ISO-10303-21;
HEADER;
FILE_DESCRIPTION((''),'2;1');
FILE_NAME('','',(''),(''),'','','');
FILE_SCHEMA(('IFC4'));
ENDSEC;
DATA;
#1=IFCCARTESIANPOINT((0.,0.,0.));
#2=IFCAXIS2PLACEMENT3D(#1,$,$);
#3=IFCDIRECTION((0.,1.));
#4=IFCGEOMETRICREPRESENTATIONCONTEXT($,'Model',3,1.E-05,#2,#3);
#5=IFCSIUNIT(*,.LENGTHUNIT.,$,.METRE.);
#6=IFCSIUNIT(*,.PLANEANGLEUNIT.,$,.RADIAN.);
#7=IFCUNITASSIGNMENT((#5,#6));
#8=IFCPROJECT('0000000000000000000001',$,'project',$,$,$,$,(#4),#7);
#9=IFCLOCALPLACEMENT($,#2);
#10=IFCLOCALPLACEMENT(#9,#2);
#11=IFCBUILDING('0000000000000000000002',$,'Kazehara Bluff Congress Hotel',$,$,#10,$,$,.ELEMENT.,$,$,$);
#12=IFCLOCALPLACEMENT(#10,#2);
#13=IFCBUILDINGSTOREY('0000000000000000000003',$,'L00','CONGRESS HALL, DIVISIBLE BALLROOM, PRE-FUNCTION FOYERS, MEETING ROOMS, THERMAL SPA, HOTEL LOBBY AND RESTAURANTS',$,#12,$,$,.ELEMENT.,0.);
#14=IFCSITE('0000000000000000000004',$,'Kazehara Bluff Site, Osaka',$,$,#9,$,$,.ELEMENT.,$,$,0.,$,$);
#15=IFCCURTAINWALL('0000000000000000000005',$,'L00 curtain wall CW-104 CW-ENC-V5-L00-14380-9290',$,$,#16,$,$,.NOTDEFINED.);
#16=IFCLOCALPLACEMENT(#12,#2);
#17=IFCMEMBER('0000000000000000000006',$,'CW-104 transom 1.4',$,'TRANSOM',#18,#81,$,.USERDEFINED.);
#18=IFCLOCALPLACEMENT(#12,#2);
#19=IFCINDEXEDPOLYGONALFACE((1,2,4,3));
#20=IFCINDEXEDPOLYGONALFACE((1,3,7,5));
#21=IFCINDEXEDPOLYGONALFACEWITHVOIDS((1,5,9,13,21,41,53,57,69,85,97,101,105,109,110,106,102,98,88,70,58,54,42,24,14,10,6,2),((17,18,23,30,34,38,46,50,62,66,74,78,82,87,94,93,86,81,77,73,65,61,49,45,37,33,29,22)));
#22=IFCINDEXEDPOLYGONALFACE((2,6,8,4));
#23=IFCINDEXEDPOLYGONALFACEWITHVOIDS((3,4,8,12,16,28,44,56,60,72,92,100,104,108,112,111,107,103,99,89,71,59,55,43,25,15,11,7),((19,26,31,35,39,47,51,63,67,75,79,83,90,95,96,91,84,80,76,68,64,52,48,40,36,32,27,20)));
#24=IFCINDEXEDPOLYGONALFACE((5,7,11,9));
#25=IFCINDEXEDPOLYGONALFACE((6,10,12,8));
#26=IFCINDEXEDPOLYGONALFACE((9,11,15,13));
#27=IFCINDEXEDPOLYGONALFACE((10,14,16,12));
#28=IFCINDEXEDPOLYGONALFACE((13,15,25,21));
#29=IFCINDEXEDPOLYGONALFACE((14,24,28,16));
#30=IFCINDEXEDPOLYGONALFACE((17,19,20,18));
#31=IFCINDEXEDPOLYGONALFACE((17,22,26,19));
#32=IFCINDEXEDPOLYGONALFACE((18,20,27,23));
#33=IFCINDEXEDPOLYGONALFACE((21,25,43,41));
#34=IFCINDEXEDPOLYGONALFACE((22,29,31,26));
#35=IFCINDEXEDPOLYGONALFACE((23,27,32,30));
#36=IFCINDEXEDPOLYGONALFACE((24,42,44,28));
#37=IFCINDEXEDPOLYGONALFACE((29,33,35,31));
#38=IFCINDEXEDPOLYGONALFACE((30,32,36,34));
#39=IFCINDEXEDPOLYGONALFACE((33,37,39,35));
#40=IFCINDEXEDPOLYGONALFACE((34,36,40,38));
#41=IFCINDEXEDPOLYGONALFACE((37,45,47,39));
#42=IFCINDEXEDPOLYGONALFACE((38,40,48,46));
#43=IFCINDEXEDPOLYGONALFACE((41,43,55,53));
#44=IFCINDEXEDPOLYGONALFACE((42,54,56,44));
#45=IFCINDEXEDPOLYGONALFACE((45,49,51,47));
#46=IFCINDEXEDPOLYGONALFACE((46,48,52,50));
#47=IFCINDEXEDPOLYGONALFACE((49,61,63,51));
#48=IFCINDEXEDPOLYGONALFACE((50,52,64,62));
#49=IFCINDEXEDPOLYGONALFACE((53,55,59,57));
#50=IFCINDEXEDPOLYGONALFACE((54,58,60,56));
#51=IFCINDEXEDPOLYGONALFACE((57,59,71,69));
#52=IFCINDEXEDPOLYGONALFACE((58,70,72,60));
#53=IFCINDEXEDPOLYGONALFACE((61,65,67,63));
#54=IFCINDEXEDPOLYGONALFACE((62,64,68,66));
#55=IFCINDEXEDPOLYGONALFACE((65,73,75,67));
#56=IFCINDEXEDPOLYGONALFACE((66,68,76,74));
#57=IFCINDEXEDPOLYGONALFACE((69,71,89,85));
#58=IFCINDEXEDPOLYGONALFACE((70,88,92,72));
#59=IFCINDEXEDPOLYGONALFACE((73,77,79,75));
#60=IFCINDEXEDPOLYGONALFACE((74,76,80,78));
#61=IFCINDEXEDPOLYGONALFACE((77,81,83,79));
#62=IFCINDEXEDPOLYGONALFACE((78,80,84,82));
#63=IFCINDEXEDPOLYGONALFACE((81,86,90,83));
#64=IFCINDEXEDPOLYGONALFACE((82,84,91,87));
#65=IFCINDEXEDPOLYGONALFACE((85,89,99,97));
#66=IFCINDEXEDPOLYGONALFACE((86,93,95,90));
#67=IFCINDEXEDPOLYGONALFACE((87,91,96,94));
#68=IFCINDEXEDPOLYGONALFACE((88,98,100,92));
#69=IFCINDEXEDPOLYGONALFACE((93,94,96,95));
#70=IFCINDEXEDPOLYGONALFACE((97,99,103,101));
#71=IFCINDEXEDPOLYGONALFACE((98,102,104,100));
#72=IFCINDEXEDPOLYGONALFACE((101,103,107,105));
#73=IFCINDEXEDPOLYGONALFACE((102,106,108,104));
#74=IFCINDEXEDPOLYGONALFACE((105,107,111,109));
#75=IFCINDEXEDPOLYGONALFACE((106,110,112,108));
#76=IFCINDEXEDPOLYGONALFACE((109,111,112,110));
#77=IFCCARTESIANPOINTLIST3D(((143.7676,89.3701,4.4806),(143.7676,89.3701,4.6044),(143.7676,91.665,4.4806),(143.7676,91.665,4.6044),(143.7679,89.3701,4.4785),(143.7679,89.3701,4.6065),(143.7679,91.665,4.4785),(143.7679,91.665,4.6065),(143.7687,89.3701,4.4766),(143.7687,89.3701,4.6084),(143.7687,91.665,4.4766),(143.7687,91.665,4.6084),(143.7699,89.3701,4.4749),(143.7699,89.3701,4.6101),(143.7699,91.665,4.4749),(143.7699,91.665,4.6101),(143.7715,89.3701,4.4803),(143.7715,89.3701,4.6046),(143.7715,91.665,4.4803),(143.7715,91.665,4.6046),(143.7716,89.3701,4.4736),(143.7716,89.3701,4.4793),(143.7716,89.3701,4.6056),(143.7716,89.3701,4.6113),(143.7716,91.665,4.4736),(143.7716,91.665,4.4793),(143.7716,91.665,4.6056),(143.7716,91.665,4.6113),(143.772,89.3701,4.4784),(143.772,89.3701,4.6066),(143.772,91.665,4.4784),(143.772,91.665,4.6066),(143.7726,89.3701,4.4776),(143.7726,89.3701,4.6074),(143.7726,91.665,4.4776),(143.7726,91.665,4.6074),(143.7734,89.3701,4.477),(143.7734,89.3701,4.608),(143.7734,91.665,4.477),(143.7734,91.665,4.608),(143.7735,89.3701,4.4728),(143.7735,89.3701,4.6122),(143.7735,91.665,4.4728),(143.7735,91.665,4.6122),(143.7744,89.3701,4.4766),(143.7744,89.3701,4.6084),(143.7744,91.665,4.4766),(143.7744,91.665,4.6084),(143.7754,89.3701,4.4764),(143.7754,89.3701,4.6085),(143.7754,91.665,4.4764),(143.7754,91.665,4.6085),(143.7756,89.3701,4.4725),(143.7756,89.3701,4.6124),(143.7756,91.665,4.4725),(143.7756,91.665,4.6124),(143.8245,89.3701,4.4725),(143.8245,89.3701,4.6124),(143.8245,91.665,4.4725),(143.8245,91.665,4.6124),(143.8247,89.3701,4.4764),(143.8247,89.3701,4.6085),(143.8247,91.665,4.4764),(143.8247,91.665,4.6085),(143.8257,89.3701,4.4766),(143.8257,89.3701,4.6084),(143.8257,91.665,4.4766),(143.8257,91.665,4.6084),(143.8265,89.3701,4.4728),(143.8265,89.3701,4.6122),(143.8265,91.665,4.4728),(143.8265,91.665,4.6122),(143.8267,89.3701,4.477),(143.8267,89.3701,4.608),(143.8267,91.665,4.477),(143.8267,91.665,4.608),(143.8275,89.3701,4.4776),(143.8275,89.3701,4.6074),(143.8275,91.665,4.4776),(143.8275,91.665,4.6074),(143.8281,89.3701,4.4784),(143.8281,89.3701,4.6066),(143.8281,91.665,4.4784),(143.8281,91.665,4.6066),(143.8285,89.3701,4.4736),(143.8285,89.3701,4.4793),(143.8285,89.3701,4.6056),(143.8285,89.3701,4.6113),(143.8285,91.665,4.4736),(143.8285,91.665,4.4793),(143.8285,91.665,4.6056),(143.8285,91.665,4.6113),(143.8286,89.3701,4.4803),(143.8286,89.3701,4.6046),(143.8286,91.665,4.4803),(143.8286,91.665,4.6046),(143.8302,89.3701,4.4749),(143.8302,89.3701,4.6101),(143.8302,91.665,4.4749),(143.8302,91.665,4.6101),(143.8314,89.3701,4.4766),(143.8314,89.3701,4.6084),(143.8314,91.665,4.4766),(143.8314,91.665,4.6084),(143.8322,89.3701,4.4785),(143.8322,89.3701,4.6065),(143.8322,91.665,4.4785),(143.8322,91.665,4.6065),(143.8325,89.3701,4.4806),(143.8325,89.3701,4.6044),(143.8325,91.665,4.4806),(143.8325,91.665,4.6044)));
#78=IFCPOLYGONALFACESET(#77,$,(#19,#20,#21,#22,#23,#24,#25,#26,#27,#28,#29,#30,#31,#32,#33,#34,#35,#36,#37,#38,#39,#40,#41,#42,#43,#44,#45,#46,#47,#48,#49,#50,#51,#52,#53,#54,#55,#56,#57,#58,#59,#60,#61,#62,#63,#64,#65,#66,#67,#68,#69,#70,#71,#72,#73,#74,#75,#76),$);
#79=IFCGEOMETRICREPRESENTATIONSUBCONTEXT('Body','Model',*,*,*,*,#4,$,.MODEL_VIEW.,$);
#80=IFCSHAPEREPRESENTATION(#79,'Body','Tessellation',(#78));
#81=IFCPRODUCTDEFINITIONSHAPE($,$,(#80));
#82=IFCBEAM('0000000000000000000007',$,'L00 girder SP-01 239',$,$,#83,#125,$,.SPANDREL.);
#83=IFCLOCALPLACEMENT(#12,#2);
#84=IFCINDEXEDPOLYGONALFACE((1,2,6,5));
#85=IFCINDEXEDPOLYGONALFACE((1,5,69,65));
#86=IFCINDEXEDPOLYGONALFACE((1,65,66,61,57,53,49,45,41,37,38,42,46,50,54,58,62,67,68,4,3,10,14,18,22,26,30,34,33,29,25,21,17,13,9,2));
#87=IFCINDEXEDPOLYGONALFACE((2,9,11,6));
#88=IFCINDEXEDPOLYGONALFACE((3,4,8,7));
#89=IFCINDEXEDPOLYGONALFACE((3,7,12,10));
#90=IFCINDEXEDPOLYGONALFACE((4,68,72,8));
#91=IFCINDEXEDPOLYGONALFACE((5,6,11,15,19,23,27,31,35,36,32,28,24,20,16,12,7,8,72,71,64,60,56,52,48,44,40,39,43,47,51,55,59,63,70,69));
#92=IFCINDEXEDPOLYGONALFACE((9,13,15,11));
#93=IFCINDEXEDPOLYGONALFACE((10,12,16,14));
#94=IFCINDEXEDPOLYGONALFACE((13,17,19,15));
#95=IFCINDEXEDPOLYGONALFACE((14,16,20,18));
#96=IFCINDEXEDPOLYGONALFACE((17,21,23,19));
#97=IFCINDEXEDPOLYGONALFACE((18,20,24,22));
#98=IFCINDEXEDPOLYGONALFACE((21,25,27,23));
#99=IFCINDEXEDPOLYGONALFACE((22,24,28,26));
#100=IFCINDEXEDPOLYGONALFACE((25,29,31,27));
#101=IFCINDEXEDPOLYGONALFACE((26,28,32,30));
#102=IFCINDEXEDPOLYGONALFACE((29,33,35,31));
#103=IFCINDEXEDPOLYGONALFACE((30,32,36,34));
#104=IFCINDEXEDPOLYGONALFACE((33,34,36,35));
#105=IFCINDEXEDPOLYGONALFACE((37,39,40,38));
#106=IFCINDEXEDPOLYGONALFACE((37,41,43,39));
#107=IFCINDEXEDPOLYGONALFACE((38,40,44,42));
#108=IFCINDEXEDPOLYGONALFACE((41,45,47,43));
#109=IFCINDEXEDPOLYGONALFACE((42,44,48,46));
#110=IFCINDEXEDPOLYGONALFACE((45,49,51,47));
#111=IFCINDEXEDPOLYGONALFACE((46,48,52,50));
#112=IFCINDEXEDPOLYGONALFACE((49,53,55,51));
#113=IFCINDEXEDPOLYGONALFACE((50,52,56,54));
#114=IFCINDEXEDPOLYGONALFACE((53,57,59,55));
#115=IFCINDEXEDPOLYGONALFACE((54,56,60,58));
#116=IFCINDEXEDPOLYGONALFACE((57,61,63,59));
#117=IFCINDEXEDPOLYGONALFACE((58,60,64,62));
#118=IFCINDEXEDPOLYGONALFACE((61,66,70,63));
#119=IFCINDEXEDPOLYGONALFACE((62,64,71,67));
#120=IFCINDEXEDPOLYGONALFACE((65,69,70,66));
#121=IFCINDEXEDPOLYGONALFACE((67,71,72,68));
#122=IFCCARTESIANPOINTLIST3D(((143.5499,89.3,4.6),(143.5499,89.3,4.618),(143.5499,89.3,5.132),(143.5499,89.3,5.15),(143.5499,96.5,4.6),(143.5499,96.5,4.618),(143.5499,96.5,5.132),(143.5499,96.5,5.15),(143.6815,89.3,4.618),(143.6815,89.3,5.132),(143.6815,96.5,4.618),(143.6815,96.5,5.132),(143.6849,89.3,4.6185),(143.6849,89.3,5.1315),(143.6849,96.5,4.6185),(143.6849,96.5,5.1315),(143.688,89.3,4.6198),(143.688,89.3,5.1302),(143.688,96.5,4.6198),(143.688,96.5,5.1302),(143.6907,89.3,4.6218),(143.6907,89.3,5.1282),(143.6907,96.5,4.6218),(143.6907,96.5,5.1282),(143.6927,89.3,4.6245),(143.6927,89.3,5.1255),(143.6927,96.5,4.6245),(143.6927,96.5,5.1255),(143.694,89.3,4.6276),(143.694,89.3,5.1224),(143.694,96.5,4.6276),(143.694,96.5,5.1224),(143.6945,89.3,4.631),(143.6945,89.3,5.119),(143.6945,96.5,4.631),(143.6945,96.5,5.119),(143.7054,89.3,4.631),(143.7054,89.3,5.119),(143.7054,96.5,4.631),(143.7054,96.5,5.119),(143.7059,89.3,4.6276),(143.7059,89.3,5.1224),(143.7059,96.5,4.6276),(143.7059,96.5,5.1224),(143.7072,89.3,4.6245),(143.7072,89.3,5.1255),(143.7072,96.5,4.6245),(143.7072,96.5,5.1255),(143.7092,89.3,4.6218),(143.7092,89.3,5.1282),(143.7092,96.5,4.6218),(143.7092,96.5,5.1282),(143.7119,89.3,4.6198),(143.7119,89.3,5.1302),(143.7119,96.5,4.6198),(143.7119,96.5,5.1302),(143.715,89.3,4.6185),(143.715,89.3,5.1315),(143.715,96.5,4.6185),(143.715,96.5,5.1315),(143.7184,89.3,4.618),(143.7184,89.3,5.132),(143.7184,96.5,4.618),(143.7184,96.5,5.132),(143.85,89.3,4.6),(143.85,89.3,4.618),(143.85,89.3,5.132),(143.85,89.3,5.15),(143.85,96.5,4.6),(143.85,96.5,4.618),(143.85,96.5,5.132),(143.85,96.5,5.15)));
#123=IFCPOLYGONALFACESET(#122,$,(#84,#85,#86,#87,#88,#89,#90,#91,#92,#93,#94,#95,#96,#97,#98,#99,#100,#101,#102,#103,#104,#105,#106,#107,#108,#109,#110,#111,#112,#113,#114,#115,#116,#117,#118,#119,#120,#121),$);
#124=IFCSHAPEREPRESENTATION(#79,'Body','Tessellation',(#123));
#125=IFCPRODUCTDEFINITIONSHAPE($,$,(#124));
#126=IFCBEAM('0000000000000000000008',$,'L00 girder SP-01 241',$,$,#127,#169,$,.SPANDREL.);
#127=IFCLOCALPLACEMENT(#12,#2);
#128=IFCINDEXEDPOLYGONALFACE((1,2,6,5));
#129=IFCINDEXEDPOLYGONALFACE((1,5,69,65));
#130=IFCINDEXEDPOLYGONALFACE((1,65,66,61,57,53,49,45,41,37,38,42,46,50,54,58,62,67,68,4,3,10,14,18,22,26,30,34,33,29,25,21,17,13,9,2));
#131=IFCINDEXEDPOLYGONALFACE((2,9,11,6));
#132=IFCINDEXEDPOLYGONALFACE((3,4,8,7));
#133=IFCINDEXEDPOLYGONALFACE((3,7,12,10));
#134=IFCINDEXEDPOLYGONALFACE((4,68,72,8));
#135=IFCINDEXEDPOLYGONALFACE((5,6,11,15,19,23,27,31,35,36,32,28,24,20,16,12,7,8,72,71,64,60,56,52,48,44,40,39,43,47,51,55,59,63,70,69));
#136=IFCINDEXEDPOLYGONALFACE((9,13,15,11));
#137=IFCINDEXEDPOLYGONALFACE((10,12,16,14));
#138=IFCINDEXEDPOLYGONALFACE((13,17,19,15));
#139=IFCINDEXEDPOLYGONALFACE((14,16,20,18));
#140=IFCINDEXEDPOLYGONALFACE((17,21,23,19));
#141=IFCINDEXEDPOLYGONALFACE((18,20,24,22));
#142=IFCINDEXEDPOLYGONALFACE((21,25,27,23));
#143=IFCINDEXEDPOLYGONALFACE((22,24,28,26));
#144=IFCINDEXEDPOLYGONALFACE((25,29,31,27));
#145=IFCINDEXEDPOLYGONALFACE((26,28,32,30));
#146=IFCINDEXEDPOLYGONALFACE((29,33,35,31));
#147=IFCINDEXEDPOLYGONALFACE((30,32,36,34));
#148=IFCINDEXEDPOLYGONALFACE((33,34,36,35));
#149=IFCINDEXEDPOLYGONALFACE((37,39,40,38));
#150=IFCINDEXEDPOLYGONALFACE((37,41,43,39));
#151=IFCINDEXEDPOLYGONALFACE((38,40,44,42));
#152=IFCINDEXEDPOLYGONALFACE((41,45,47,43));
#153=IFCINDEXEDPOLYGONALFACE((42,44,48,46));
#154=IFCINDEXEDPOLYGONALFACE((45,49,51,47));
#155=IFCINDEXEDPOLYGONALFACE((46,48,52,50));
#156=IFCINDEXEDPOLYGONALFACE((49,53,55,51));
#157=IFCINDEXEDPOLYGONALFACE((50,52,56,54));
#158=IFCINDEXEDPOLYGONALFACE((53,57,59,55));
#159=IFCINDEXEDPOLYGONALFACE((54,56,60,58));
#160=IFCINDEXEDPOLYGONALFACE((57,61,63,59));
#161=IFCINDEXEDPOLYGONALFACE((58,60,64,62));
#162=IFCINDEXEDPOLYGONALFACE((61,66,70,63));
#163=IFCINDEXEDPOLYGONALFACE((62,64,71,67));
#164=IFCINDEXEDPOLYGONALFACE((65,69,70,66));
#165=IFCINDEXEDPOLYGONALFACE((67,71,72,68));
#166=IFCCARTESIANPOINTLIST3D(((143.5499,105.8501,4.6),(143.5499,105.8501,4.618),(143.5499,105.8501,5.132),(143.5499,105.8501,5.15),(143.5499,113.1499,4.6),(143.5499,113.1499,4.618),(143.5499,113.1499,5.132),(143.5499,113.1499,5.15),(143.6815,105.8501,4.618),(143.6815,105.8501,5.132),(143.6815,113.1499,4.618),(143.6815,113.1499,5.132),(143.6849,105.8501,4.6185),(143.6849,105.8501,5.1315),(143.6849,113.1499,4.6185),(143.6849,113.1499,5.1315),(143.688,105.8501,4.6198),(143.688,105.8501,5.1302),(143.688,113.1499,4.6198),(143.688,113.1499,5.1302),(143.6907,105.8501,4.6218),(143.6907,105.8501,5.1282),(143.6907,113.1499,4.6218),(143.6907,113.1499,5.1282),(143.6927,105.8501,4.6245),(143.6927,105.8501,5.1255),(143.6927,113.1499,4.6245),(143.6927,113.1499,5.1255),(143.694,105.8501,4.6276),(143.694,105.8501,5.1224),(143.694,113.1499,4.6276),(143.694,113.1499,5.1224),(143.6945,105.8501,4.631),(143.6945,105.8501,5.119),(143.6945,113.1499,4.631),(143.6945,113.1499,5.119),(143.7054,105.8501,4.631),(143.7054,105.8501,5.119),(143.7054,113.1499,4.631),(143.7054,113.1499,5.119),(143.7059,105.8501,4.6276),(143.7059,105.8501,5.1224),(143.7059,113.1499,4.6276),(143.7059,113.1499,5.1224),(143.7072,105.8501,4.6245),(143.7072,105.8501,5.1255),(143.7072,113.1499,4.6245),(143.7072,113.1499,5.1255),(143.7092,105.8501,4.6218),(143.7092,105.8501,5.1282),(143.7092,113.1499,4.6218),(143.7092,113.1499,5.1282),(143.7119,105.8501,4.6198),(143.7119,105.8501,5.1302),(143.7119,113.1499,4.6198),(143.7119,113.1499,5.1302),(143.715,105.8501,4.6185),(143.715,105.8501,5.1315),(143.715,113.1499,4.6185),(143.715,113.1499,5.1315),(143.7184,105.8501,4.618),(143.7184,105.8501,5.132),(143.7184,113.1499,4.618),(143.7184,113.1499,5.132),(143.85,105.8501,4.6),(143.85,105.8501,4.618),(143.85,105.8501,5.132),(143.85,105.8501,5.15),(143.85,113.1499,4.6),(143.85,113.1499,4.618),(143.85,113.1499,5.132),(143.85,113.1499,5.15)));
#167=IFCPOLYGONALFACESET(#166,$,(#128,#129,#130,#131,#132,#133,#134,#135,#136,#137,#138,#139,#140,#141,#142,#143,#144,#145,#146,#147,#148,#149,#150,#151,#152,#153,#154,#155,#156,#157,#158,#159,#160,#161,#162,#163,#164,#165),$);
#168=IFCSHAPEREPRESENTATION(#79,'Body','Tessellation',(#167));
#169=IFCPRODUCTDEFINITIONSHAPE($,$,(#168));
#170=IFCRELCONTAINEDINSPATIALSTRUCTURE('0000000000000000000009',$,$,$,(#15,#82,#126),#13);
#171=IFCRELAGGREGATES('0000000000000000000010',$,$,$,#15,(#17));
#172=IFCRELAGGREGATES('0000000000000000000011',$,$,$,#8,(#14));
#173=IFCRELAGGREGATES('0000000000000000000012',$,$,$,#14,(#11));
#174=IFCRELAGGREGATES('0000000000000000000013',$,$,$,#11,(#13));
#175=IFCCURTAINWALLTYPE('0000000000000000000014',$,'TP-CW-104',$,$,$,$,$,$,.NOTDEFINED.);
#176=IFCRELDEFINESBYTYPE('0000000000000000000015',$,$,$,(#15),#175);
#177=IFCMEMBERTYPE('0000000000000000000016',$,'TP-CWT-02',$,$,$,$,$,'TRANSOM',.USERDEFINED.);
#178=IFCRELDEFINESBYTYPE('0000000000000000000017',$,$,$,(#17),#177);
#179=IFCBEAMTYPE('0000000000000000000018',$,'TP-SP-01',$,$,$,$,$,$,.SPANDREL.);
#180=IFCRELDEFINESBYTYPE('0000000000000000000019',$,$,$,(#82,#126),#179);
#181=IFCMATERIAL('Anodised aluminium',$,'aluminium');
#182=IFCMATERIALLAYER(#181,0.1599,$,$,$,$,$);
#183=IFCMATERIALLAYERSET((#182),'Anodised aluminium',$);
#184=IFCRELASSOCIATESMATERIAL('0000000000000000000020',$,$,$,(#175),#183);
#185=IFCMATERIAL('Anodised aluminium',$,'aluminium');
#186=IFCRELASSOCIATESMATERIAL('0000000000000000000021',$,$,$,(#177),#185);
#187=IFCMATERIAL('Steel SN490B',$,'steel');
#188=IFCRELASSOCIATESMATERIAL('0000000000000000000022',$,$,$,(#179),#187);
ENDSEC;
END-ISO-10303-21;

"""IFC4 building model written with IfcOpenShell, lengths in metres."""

from ifc_helpers import new_model, si_unit, direction, frame, origin, origin_2d, place, context, subcontext, project, spatial, hollow_rectangle, i_section, extrude, material, layer, layer_set, material_profile, profile_set, type_object, element, aggregate, save


model = new_model("IFC4")

# Units and contexts
model_context = context("Model", 3, precision=1e-05, world=origin(), true_north=direction((0.0, 1.0)))
body_context = subcontext(model_context, "Body", "Model", "MODEL_VIEW")
ifc_project = project(units=[si_unit("LENGTHUNIT", "METRE"), si_unit("PLANEANGLEUNIT", "RADIAN")], contexts=[model_context])

# Site, building, storey
site_placement = place(None, origin())
site = spatial("IfcSite", under=ifc_project, at=site_placement, Name="Kazehara Bluff Site, Osaka", CompositionType="ELEMENT", RefElevation=0.0)
building_placement = place(site_placement, origin())
building = spatial("IfcBuilding", under=site, at=building_placement, Name="Kazehara Bluff Congress Hotel", CompositionType="ELEMENT")
storey_placement = place(building_placement, origin())
storey = spatial("IfcBuildingStorey", under=building, at=storey_placement, Name="L00", Description="CONGRESS HALL, DIVISIBLE BALLROOM, PRE-FUNCTION FOYERS, MEETING ROOMS, THERMAL SPA, HOTEL LOBBY AND RESTAURANTS", CompositionType="ELEMENT", Elevation=0.0)

# Curtain wall, member
ifc_material_1 = material(Name="Anodised aluminium", Category="aluminium")
ifc_layer_1 = layer(ifc_material_1, 0.1599)
ifc_layer_set_1 = layer_set([ifc_layer_1], Name="Anodised aluminium")
curtain_wall_type = type_object("IfcCurtainWallType", Name="TP-CW-104", PredefinedType="NOTDEFINED", material=ifc_layer_set_1)
curtain_wall_placement = place(storey_placement, origin())
curtain_wall = element("IfcCurtainWall", 1, at=curtain_wall_placement, inside=storey, type_object=curtain_wall_type, Name="L00 curtain wall CW-104 CW-ENC-V5-L00-14380-9290", PredefinedType="NOTDEFINED")
ifc_material_2 = material(Name="Anodised aluminium", Category="aluminium")
ifc_material_profile_1 = material_profile(ifc_material_2, hollow_rectangle(XDim=0.0649, YDim=0.1399, WallThickness=0.0039, InnerFilletRadius=0.0039, OuterFilletRadius=0.0081, at=origin_2d()))
ifc_profile_set_1 = profile_set([ifc_material_profile_1], Name="Anodised aluminium")
member_type_1 = type_object("IfcMemberType", Name="TP-CWT-02", ElementType="TRANSOM", PredefinedType="USERDEFINED", material=ifc_profile_set_1)
member_1_placement = place(storey_placement, frame((143.8, 89.3701, 4.5425), z_axis=(0.0, 1.0, 0.0), x_axis=(-1.0, 0.0, 0.0)))
member_1 = element("IfcMember", 2, at=member_1_placement, type_object=member_type_1, Name="CW-104 transom 1.4", ObjectType="TRANSOM", PredefinedType="USERDEFINED", context=body_context, shape_type="SweptSolid", body=[
    extrude(hollow_rectangle(XDim=0.0649, YDim=0.1399, WallThickness=0.0039, InnerFilletRadius=0.0039, OuterFilletRadius=0.0081, at=origin_2d()), origin(), (0.0, 0.0, 1.0), 2.2949),
])

# Beams
ifc_material_3 = material(Name="Steel SN490B", Category="steel")
ifc_material_profile_2 = material_profile(ifc_material_3, i_section(OverallWidth=0.3, OverallDepth=0.55, WebThickness=0.011, FlangeThickness=0.0181, FilletRadius=0.0129, at=origin_2d()))
ifc_profile_set_2 = profile_set([ifc_material_profile_2], Name="Steel SN490B")
beam_type_1 = type_object("IfcBeamType", Name="TP-SP-01", PredefinedType="SPANDREL", material=ifc_profile_set_2)
beam_1_placement = place(storey_placement, frame((143.7, 89.3, 4.875), z_axis=(0.0, 1.0, 0.0), x_axis=(-1.0, 0.0, 0.0)))
element("IfcBeam", 3, at=beam_1_placement, inside=storey, type_object=beam_type_1, Name="L00 girder SP-01 239", PredefinedType="SPANDREL", context=body_context, shape_type="SweptSolid", body=[
    extrude(i_section(OverallWidth=0.3, OverallDepth=0.55, WebThickness=0.011, FlangeThickness=0.0181, FilletRadius=0.0129, at=origin_2d()), origin(), (0.0, 0.0, 1.0), 7.2),
])
beam_2_placement = place(storey_placement, frame((143.7, 105.8501, 4.875), z_axis=(0.0, 1.0, 0.0), x_axis=(-1.0, 0.0, 0.0)))
element("IfcBeam", 4, at=beam_2_placement, inside=storey, type_object=beam_type_1, Name="L00 girder SP-01 241", PredefinedType="SPANDREL", context=body_context, shape_type="SweptSolid", body=[
    extrude(i_section(OverallWidth=0.3, OverallDepth=0.55, WebThickness=0.011, FlangeThickness=0.0181, FilletRadius=0.0129, at=origin_2d()), origin(), (0.0, 0.0, 1.0), 7.2998),
])

aggregate(curtain_wall, [member_1])

save(model, "model.ifc")
